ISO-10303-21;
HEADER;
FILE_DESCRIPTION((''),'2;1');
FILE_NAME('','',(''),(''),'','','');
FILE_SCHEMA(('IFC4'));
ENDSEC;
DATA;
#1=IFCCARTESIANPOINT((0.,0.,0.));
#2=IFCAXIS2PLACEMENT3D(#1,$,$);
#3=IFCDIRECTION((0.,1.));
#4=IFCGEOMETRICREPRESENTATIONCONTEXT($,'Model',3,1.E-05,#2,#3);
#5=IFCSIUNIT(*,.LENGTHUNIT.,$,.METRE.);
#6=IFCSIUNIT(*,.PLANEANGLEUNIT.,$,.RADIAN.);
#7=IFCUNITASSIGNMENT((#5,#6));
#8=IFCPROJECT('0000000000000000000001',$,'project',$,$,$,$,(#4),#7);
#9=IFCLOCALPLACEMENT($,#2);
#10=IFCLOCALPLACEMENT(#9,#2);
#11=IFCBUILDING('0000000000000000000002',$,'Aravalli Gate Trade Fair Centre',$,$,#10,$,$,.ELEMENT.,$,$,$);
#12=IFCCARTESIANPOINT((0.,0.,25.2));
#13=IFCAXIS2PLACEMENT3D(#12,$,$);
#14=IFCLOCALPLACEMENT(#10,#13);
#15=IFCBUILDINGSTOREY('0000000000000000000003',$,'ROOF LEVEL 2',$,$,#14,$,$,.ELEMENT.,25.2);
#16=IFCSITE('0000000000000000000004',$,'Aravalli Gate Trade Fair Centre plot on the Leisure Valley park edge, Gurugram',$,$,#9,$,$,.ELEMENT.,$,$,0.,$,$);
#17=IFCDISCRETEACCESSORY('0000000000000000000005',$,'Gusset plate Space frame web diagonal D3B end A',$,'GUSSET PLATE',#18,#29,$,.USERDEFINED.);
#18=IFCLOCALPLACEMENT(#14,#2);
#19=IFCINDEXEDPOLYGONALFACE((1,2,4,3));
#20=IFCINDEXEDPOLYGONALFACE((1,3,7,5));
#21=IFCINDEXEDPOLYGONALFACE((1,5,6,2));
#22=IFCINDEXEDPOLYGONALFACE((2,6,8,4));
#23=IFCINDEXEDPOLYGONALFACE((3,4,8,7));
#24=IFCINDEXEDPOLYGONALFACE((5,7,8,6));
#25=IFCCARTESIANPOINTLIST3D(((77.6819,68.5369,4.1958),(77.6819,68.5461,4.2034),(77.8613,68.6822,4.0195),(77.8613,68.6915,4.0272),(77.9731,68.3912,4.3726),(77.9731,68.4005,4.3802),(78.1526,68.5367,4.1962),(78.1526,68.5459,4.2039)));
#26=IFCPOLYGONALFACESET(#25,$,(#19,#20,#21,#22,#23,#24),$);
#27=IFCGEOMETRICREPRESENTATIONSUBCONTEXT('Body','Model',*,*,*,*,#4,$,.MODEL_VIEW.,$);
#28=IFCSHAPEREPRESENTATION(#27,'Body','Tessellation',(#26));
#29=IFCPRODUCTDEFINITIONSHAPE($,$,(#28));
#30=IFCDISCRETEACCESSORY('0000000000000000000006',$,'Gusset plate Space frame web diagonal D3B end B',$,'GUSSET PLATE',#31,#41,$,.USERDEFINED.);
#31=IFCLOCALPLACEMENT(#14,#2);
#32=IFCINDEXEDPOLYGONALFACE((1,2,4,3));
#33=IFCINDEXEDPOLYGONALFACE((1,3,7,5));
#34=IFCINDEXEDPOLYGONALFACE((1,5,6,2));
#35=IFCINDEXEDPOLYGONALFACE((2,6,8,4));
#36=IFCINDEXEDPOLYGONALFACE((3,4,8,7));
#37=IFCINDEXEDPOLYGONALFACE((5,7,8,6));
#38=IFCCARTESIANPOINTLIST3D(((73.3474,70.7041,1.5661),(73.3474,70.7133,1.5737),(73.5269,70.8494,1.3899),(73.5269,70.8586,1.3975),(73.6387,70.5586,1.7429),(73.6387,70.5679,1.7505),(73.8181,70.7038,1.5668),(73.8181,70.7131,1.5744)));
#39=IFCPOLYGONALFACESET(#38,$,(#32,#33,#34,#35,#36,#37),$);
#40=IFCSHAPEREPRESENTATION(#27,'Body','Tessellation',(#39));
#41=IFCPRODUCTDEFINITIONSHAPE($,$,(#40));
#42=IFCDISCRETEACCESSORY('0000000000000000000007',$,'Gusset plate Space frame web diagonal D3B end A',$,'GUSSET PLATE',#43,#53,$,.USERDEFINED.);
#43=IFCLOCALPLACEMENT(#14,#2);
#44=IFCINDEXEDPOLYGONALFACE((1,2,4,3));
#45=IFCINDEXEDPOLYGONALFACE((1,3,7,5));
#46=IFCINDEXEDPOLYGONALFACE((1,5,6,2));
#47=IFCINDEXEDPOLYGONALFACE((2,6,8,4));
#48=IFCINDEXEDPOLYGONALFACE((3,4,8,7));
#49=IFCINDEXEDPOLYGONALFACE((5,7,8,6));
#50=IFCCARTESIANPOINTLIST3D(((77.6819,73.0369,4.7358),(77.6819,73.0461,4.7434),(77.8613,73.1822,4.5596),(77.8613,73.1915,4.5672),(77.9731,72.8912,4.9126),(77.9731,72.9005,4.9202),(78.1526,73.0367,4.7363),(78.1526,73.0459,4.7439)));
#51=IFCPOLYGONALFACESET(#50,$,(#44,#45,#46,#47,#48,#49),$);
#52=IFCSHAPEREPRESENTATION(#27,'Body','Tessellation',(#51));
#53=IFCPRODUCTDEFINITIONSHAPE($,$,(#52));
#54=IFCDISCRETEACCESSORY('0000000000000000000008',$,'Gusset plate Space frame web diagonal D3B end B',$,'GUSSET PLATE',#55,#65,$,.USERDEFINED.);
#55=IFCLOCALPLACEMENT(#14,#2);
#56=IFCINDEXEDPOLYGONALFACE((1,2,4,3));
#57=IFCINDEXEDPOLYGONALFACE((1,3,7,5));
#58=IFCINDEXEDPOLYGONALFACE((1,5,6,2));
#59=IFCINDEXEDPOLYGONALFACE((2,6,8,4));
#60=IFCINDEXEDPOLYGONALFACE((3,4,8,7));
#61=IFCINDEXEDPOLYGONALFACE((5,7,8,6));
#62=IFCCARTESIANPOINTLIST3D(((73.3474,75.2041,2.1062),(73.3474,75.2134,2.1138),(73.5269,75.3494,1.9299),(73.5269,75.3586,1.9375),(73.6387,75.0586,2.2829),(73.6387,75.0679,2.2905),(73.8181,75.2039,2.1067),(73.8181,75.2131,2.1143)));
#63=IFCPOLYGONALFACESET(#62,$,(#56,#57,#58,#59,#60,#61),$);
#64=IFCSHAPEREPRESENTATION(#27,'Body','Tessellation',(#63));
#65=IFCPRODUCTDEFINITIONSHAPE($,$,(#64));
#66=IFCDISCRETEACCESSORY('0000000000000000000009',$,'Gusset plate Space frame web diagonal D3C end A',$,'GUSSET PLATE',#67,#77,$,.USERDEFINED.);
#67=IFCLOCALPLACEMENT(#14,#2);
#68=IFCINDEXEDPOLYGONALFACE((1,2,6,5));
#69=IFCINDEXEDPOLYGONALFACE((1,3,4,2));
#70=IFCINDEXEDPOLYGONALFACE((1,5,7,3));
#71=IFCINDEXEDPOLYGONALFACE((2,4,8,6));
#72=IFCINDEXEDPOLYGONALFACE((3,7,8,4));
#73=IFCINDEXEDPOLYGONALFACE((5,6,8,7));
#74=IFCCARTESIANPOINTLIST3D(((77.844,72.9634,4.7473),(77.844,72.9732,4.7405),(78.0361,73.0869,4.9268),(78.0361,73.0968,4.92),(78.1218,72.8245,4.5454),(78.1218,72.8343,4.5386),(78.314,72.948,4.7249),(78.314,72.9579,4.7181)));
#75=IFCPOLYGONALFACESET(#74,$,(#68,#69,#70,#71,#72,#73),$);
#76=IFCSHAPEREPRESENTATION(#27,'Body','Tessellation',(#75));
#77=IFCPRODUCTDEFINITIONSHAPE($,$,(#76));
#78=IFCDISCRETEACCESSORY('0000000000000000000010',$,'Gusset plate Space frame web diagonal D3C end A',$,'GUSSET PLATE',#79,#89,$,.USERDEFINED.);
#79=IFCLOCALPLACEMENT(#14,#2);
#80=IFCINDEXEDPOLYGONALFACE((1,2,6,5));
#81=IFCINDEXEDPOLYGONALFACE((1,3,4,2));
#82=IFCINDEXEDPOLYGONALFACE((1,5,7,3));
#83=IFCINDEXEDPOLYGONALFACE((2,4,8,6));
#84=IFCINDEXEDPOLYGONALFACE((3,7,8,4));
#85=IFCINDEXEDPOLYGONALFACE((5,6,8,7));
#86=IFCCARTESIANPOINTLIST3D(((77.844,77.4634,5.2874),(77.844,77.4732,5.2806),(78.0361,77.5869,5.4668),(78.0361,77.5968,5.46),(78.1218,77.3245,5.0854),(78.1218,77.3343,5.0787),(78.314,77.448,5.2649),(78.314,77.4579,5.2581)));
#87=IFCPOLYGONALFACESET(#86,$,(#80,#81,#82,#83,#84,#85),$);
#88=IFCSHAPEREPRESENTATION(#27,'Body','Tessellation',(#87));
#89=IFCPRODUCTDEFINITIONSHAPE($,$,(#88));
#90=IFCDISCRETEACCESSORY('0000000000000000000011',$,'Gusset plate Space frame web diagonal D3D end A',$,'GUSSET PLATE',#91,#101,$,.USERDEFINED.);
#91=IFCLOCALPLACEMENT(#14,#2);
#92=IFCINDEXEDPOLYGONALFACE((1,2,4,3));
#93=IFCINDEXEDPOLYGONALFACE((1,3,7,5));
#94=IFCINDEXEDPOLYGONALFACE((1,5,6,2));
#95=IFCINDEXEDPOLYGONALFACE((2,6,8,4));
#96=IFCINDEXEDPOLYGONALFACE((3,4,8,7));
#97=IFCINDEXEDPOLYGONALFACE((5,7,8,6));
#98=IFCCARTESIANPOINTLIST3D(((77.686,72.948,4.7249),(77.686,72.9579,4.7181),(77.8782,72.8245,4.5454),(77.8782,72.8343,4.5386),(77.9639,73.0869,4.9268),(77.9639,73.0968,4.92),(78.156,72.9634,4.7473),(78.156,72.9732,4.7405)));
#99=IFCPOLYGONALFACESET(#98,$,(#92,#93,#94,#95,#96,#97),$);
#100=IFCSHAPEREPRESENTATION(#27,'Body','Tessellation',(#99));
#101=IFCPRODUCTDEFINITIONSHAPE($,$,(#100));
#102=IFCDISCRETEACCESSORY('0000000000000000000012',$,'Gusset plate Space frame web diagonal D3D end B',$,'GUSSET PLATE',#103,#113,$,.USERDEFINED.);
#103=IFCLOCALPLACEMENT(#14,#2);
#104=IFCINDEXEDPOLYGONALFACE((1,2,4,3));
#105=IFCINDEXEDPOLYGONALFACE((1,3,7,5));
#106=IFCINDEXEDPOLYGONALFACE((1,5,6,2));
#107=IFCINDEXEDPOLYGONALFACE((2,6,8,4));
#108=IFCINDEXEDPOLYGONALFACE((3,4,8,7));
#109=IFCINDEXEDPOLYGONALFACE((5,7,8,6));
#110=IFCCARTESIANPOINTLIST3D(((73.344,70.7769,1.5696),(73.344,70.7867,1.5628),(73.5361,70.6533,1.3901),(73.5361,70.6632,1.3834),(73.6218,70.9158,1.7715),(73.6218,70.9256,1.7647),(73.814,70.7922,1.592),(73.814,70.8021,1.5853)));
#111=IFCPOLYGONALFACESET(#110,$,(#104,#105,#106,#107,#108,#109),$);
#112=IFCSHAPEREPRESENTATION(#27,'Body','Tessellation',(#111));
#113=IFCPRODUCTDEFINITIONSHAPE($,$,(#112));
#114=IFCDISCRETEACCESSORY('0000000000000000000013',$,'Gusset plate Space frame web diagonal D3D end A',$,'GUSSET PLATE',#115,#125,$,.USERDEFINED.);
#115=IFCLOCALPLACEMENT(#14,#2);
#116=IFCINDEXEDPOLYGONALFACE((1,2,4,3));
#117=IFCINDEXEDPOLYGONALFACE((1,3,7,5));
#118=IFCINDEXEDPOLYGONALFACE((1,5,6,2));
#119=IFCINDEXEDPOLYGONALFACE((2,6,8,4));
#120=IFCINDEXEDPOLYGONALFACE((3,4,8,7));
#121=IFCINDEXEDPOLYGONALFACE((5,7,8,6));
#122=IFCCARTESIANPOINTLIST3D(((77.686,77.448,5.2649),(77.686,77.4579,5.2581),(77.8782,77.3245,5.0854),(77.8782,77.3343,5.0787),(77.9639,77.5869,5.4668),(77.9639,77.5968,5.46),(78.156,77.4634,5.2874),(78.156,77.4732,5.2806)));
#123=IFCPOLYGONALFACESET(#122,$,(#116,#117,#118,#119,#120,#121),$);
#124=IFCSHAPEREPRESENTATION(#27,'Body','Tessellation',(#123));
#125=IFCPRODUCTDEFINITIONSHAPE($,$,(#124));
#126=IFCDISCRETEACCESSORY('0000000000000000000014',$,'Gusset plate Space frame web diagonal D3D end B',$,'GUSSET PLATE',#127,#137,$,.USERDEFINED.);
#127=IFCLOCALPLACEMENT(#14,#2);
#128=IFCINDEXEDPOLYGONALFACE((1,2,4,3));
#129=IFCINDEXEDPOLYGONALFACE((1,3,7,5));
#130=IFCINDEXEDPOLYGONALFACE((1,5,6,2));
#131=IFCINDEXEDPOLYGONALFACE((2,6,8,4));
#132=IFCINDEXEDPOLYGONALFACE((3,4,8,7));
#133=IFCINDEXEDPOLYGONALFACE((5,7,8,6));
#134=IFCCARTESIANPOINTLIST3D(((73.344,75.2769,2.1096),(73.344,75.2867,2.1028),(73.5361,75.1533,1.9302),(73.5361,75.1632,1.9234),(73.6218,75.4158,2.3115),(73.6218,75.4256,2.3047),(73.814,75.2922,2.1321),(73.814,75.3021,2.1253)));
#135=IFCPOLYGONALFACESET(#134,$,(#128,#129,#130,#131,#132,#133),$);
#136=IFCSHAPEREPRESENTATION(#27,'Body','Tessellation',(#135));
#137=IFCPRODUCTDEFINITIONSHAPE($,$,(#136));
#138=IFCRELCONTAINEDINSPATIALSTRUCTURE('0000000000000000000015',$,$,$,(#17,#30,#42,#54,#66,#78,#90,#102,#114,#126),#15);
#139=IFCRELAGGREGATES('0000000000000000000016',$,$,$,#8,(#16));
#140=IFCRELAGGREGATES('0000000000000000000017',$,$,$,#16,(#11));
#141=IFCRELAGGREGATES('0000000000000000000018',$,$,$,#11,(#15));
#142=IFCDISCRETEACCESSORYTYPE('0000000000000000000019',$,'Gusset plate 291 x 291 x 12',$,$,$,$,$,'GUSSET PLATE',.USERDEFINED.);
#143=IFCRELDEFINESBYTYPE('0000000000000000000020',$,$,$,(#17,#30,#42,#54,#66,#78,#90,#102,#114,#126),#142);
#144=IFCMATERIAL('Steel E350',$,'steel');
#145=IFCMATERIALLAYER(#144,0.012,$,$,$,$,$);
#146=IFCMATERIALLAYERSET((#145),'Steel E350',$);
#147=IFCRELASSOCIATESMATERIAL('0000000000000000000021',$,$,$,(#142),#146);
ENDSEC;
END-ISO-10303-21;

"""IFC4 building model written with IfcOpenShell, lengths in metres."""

from ifc_helpers import new_model, si_unit, direction, frame, origin, place, context, subcontext, project, spatial, polyline, outline, extrude, material, layer, layer_set, type_object, element, save


model = new_model("IFC4")

# Units and contexts
model_context = context("Model", 3, precision=1e-05, world=origin(), true_north=direction((0.0, 1.0)))
body_context = subcontext(model_context, "Body", "Model", "MODEL_VIEW")
ifc_project = project(units=[si_unit("LENGTHUNIT", "METRE"), si_unit("PLANEANGLEUNIT", "RADIAN")], contexts=[model_context])

# Site, building, storey
site_placement = place(None, origin())
site = spatial("IfcSite", under=ifc_project, at=site_placement, Name="Aravalli Gate Trade Fair Centre plot on the Leisure Valley park edge, Gurugram", CompositionType="ELEMENT", RefElevation=0.0)
building_placement = place(site_placement, origin())
building = spatial("IfcBuilding", under=site, at=building_placement, Name="Aravalli Gate Trade Fair Centre", CompositionType="ELEMENT")
storey_placement = place(building_placement, frame((0.0, 0.0, 25.2)))
storey = spatial("IfcBuildingStorey", under=building, at=storey_placement, Name="ROOF LEVEL 2", CompositionType="ELEMENT", Elevation=25.2)

# Shared definitions
ifc_material_1 = material(Name="Steel E350", Category="steel")

# Discrete accessories
ifc_layer_1 = layer(ifc_material_1, 0.012)
ifc_layer_set_1 = layer_set([ifc_layer_1], Name="Steel E350")
discrete_accessory_type = type_object("IfcDiscreteAccessoryType", Name="Gusset plate 291 x 291 x 12", ElementType="GUSSET PLATE", PredefinedType="USERDEFINED", material=ifc_layer_set_1)
discrete_accessory_1_placement = place(storey_placement, frame((77.6819, 68.5461, 4.2034), z_axis=(-0.00026, 0.771582, 0.63613), x_axis=(0.785986, -0.393126, 0.477156)))
element("IfcDiscreteAccessory", 1, at=discrete_accessory_1_placement, inside=storey, type_object=discrete_accessory_type, Name="Gusset plate Space frame web diagonal D3B end A", ObjectType="GUSSET PLATE", PredefinedType="USERDEFINED", context=body_context, shape_type="SweptSolid", body=[
    extrude(outline(polyline([(0.0, 0.0), (0.3706, 0.0), (0.3703, 0.2906), (-0.0002, 0.2905), (0.0, 0.0)])), origin(), (0.0, 0.0, -1.0), 0.012),
])
discrete_accessory_2_placement = place(storey_placement, frame((73.6387, 70.5679, 1.7505), z_axis=(-0.000589, 0.771792, 0.635874), x_axis=(-0.78619, 0.392604, -0.477251)))
element("IfcDiscreteAccessory", 2, at=discrete_accessory_2_placement, inside=storey, type_object=discrete_accessory_type, Name="Gusset plate Space frame web diagonal D3B end B", ObjectType="GUSSET PLATE", PredefinedType="USERDEFINED", context=body_context, shape_type="SweptSolid", body=[
    extrude(outline(polyline([(0.0, 0.0), (0.3705, 0.0), (0.3705, -0.2905), (0.0, -0.2903), (0.0, 0.0)])), origin(), (0.0, 0.0, -1.0), 0.012),
])
discrete_accessory_3_placement = place(storey_placement, frame((77.6819, 73.0461, 4.7434), z_axis=(-0.00026, 0.771582, 0.63613), x_axis=(0.785986, -0.393126, 0.477156)))
element("IfcDiscreteAccessory", 3, at=discrete_accessory_3_placement, inside=storey, type_object=discrete_accessory_type, Name="Gusset plate Space frame web diagonal D3B end A", ObjectType="GUSSET PLATE", PredefinedType="USERDEFINED", context=body_context, shape_type="SweptSolid", body=[
    extrude(outline(polyline([(0.0, 0.0), (0.3706, 0.0), (0.3703, 0.2906), (-0.0002, 0.2905), (0.0, 0.0)])), origin(), (0.0, 0.0, -1.0), 0.012),
])
discrete_accessory_4_placement = place(storey_placement, frame((73.6387, 75.0679, 2.2905), z_axis=(-0.000259, 0.771844, 0.635812), x_axis=(-0.78619, 0.392765, -0.477118)))
element("IfcDiscreteAccessory", 4, at=discrete_accessory_4_placement, inside=storey, type_object=discrete_accessory_type, Name="Gusset plate Space frame web diagonal D3B end B", ObjectType="GUSSET PLATE", PredefinedType="USERDEFINED", context=body_context, shape_type="SweptSolid", body=[
    extrude(outline(polyline([(0.0, 0.0), (0.3705, 0.0), (0.3705, -0.2905), (0.0001, -0.2905), (0.0, 0.0)])), origin(), (0.0, 0.0, -1.0), 0.012),
])
for number, where, z_axis, x_axis, name in (
    (5, (78.1218, 72.8245, 4.5454), (0.000137, -0.82375, 0.566952), (-0.749929, 0.374965, 0.544984), "Gusset plate Space frame web diagonal D3C end A"),
    (6, (78.1218, 77.3245, 5.0854), (0.000137, -0.82375, 0.566952), (-0.749929, 0.374965, 0.544984), "Gusset plate Space frame web diagonal D3C end A"),
):
    element("IfcDiscreteAccessory", number, at=place(storey_placement, frame(where, z_axis=z_axis, x_axis=x_axis)), inside=storey, type_object=discrete_accessory_type, Name=name, ObjectType="GUSSET PLATE", PredefinedType="USERDEFINED", context=body_context, shape_type="SweptSolid", body=[
        extrude(outline(polyline([(0.0, 0.0), (0.3705, 0.0), (0.3705, -0.2905), (0.0, -0.2905), (0.0, 0.0)])), origin(), (0.0, 0.0, -1.0), 0.012),
    ])
discrete_accessory_5_placement = place(storey_placement, frame((77.686, 72.948, 4.7249), z_axis=(-0.000137, -0.82375, 0.566952), x_axis=(0.749929, 0.374965, 0.544984)))
element("IfcDiscreteAccessory", 7, at=discrete_accessory_5_placement, inside=storey, type_object=discrete_accessory_type, Name="Gusset plate Space frame web diagonal D3D end A", ObjectType="GUSSET PLATE", PredefinedType="USERDEFINED", context=body_context, shape_type="SweptSolid", body=[
    extrude(outline(polyline([(0.0, 0.0), (0.3705, 0.0), (0.3705, -0.2905), (0.0, -0.2905), (0.0, 0.0)])), origin(), (0.0, 0.0, -1.0), 0.012),
])
discrete_accessory_6_placement = place(storey_placement, frame((73.6218, 70.9158, 1.7715), z_axis=(-0.000137, -0.82375, 0.566952), x_axis=(-0.749929, -0.374965, -0.544984)))
element("IfcDiscreteAccessory", 8, at=discrete_accessory_6_placement, inside=storey, type_object=discrete_accessory_type, Name="Gusset plate Space frame web diagonal D3D end B", ObjectType="GUSSET PLATE", PredefinedType="USERDEFINED", context=body_context, shape_type="SweptSolid", body=[
    extrude(outline(polyline([(0.0, 0.0), (0.3705, 0.0), (0.3705, 0.2905), (0.0, 0.2905), (0.0, 0.0)])), origin(), (0.0, 0.0, -1.0), 0.012),
])
discrete_accessory_7_placement = place(storey_placement, frame((77.686, 77.448, 5.2649), z_axis=(-0.000137, -0.82375, 0.566952), x_axis=(0.749929, 0.374965, 0.544984)))
element("IfcDiscreteAccessory", 9, at=discrete_accessory_7_placement, inside=storey, type_object=discrete_accessory_type, Name="Gusset plate Space frame web diagonal D3D end A", ObjectType="GUSSET PLATE", PredefinedType="USERDEFINED", context=body_context, shape_type="SweptSolid", body=[
    extrude(outline(polyline([(0.0, 0.0), (0.3705, 0.0), (0.3705, -0.2905), (0.0, -0.2905), (0.0, 0.0)])), origin(), (0.0, 0.0, -1.0), 0.012),
])
discrete_accessory_8_placement = place(storey_placement, frame((73.6218, 75.4158, 2.3115), z_axis=(-0.000137, -0.82375, 0.566952), x_axis=(-0.749929, -0.374965, -0.544984)))
element("IfcDiscreteAccessory", 10, at=discrete_accessory_8_placement, inside=storey, type_object=discrete_accessory_type, Name="Gusset plate Space frame web diagonal D3D end B", ObjectType="GUSSET PLATE", PredefinedType="USERDEFINED", context=body_context, shape_type="SweptSolid", body=[
    extrude(outline(polyline([(0.0, 0.0), (0.3705, 0.0), (0.3705, 0.2905), (0.0, 0.2905), (0.0, 0.0)])), origin(), (0.0, 0.0, -1.0), 0.012),
])

save(model, "model.ifc")
